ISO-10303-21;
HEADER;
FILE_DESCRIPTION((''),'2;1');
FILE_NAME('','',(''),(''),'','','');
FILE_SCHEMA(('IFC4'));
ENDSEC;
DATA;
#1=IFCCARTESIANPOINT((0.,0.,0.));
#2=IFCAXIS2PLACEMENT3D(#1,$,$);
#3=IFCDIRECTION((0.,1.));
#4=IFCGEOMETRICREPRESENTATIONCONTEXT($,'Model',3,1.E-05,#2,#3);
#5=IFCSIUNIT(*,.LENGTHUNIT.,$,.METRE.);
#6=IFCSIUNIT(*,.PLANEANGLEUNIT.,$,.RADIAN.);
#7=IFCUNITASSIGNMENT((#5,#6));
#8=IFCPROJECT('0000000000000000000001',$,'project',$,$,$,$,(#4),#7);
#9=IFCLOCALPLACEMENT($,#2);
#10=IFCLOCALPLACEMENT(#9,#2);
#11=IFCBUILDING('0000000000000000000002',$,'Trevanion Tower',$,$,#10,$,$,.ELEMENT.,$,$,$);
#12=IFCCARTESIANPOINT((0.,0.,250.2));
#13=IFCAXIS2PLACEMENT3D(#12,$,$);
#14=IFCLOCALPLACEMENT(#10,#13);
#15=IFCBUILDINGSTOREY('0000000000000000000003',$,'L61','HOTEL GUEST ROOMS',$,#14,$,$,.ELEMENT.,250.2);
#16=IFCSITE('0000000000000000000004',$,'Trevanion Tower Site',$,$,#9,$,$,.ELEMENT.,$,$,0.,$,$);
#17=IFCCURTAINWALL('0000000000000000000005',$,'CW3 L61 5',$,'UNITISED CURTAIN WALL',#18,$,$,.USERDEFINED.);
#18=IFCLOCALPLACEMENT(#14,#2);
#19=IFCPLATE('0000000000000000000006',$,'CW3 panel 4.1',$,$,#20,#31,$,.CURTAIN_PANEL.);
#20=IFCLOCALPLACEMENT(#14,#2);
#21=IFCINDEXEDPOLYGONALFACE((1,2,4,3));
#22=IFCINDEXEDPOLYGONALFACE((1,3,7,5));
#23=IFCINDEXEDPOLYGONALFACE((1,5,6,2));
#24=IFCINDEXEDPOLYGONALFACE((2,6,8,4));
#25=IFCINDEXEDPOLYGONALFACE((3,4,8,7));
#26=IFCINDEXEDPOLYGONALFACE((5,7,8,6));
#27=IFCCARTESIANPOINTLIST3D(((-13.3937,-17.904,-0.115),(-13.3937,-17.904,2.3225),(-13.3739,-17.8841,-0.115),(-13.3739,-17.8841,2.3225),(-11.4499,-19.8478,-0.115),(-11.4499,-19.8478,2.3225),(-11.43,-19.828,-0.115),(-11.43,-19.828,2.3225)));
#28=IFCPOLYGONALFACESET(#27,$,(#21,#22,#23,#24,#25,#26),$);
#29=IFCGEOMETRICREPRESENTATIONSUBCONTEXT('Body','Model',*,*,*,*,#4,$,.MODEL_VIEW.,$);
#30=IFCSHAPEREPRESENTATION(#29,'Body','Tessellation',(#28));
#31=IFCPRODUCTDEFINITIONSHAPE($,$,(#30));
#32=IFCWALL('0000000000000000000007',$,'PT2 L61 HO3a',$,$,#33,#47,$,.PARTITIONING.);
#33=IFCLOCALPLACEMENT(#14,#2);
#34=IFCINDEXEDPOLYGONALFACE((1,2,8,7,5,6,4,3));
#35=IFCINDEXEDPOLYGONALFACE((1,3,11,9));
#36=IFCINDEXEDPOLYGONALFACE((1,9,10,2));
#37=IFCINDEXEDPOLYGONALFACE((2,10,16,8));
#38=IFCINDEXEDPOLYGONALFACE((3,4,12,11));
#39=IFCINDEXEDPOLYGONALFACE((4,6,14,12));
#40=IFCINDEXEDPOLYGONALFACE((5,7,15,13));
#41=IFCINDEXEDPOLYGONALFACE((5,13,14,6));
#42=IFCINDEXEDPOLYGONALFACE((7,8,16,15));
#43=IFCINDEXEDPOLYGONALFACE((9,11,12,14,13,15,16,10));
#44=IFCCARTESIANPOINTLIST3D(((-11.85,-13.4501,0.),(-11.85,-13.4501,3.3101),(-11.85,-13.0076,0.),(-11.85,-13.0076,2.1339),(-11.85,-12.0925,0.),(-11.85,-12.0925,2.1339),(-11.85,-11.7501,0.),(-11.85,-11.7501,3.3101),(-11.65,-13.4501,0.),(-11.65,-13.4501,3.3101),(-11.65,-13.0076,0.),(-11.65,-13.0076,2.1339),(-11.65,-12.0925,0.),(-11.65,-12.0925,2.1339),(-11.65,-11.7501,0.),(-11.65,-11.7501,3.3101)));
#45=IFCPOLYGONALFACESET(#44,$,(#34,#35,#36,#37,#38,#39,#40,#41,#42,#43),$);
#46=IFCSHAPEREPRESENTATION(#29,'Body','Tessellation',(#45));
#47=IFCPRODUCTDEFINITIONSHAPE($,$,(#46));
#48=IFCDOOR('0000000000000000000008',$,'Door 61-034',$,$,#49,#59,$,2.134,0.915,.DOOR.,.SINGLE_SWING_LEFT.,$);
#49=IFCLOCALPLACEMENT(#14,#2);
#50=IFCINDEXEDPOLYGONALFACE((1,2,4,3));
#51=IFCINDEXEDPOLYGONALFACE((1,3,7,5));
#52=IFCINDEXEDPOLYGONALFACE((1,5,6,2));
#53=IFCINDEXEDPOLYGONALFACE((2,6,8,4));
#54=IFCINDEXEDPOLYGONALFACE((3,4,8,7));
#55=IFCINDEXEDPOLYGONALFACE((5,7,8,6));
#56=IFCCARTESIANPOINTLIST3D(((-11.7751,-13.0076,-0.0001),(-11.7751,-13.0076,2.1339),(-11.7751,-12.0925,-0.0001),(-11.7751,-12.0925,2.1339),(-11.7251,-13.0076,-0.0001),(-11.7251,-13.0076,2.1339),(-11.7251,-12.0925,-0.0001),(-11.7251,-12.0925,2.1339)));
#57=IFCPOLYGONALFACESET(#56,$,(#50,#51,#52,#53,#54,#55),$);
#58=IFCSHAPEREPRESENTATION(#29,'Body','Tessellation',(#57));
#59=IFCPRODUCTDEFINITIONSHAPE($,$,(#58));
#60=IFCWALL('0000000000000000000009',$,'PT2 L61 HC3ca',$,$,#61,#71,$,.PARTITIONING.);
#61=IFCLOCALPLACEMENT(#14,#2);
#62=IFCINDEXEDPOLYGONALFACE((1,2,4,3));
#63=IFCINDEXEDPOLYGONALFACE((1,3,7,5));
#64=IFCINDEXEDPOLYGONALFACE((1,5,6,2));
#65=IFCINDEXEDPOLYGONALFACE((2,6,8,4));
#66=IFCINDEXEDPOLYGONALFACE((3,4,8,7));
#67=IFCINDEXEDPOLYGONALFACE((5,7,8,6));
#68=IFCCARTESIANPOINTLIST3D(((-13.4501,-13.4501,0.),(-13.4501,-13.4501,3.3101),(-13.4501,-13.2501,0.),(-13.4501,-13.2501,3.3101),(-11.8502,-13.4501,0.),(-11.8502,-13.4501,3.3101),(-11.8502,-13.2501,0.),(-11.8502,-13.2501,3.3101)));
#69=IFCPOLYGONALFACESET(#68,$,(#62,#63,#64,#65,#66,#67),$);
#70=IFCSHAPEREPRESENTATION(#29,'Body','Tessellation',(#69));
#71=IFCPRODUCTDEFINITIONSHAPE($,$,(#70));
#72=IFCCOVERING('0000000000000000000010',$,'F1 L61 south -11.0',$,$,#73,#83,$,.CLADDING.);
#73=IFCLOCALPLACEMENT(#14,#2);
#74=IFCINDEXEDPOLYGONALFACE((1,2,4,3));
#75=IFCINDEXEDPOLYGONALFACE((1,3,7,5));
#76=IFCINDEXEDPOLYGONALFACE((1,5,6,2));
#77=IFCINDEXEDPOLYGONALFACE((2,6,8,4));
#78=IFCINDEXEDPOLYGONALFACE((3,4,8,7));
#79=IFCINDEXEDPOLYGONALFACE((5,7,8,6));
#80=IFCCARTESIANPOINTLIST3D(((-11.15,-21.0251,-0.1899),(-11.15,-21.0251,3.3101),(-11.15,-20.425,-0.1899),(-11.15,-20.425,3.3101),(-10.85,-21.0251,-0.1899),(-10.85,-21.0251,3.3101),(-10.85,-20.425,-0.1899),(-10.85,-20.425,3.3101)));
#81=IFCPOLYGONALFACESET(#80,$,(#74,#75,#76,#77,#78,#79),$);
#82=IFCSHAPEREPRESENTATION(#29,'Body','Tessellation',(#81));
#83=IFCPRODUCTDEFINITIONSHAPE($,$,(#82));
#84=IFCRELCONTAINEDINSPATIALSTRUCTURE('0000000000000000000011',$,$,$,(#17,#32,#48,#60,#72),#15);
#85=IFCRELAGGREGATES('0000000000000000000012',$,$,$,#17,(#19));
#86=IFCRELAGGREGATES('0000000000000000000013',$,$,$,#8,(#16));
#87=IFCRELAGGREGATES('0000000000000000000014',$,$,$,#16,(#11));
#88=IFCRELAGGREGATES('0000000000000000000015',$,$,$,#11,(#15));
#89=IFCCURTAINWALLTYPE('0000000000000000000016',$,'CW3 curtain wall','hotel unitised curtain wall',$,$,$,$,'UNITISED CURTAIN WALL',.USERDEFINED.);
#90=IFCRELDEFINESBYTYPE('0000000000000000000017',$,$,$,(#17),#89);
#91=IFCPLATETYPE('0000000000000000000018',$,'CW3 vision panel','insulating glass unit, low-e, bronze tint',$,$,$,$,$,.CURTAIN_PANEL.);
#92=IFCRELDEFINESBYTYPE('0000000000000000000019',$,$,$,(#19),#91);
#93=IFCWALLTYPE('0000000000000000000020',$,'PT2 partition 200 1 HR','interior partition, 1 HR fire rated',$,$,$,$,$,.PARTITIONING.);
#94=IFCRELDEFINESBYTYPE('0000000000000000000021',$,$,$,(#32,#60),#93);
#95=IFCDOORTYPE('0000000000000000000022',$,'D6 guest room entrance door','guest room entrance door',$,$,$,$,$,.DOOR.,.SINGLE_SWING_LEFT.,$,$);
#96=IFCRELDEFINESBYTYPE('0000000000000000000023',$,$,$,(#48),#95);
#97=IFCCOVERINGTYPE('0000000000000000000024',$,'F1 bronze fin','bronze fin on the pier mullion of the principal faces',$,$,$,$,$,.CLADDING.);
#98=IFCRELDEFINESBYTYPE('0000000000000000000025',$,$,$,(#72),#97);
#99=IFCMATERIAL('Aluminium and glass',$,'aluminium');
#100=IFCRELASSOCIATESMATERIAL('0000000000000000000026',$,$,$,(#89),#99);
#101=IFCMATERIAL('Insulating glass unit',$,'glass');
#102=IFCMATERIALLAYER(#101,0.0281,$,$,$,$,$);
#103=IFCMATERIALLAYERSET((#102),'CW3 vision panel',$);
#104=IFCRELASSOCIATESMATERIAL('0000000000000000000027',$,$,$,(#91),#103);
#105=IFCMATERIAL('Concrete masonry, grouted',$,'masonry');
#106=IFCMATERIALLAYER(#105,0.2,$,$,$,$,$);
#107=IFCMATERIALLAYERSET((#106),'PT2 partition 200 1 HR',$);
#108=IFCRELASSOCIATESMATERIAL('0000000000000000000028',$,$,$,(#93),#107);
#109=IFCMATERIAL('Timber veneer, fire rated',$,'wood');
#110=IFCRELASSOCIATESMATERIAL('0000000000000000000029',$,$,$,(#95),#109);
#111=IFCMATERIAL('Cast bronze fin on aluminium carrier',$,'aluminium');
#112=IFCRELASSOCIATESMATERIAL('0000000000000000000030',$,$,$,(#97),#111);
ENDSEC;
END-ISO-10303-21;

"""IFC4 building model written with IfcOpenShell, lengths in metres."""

from ifc_helpers import new_model, si_unit, direction, frame, frame_2d, origin, origin_2d, place, context, subcontext, project, spatial, rectangle, extrude, material, layer, layer_set, type_object, element, fill, aggregate, save


model = new_model("IFC4")

# Units and contexts
model_context = context("Model", 3, precision=1e-05, world=origin(), true_north=direction((0.0, 1.0)))
body_context = subcontext(model_context, "Body", "Model", "MODEL_VIEW")
ifc_project = project(units=[si_unit("LENGTHUNIT", "METRE"), si_unit("PLANEANGLEUNIT", "RADIAN")], contexts=[model_context])

# Site, building, storey
site_placement = place(None, origin())
site = spatial("IfcSite", under=ifc_project, at=site_placement, Name="Trevanion Tower Site", CompositionType="ELEMENT", RefElevation=0.0)
building_placement = place(site_placement, origin())
building = spatial("IfcBuilding", under=site, at=building_placement, Name="Trevanion Tower", CompositionType="ELEMENT")
storey_placement = place(building_placement, frame((0.0, 0.0, 250.2)))
storey = spatial("IfcBuildingStorey", under=building, at=storey_placement, Name="L61", Description="HOTEL GUEST ROOMS", CompositionType="ELEMENT", Elevation=250.2)

# Curtain wall
ifc_material_1 = material(Name="Aluminium and glass", Category="aluminium")
curtain_wall_type = type_object("IfcCurtainWallType", Name="CW3 curtain wall", Description="hotel unitised curtain wall", ElementType="UNITISED CURTAIN WALL", PredefinedType="USERDEFINED", material=ifc_material_1)
curtain_wall_1_placement = place(storey_placement, origin())
curtain_wall_1 = element("IfcCurtainWall", 1, at=curtain_wall_1_placement, inside=storey, type_object=curtain_wall_type, Name="CW3 L61 5", ObjectType="UNITISED CURTAIN WALL", PredefinedType="USERDEFINED")

# Plate
ifc_material_2 = material(Name="Insulating glass unit", Category="glass")
ifc_layer_1 = layer(ifc_material_2, 0.0281)
ifc_layer_set_1 = layer_set([ifc_layer_1], Name="CW3 vision panel")
plate_type_1 = type_object("IfcPlateType", Name="CW3 vision panel", Description="insulating glass unit, low-e, bronze tint", PredefinedType="CURTAIN_PANEL", material=ifc_layer_set_1)
plate_1_placement = place(storey_placement, frame((-12.4119, -18.866, -0.115), z_axis=(0.0, 0.0, 1.0), x_axis=(0.707107, -0.707107, 0.0)))
plate_1 = element("IfcPlate", 2, at=plate_1_placement, type_object=plate_type_1, Name="CW3 panel 4.1", PredefinedType="CURTAIN_PANEL", context=body_context, shape_type="SweptSolid", body=[
    extrude(rectangle(XDim=2.749, YDim=0.0281, at=origin_2d()), origin(), (0.0, 0.0, 1.0), 2.4375),
])
aggregate(curtain_wall_1, [plate_1])

# Wall, opening, door
ifc_material_3 = material(Name="Concrete masonry, grouted", Category="masonry")
ifc_layer_2 = layer(ifc_material_3, 0.2)
ifc_layer_set_2 = layer_set([ifc_layer_2], Name="PT2 partition 200 1 HR")
wall_type = type_object("IfcWallType", Name="PT2 partition 200 1 HR", Description="interior partition, 1 HR fire rated", PredefinedType="PARTITIONING", material=ifc_layer_set_2)
wall_1_placement = place(storey_placement, frame((-11.75, -11.75, 0.0), z_axis=(0.0, 0.0, 1.0), x_axis=(0.0, -1.0, 0.0)))
wall_1 = element("IfcWall", 3, at=wall_1_placement, inside=storey, type_object=wall_type, Name="PT2 L61 HO3a", PredefinedType="PARTITIONING", context=body_context, shape_type="SweptSolid", body=[
    extrude(rectangle(XDim=1.7, YDim=0.2, at=frame_2d((0.8501, 0.0))), origin(), (0.0, 0.0, 1.0), 3.3101),
])
opening_placement = place(wall_1_placement, frame((0.3425, 0.0, 0.0)))
opening = element("IfcOpeningElement", 4, at=opening_placement, cuts=wall_1, PredefinedType="OPENING", context=body_context, shape_type="SweptSolid", body=[
    extrude(rectangle(XDim=0.915, YDim=2.134, at=frame_2d((0.4575, 1.0669))), frame((0.0, 0.1099, 0.0), z_axis=(0.0, -1.0, 0.0), x_axis=(1.0, 0.0, 0.0)), (0.0, 0.0, 1.0), 0.22),
])
ifc_material_4 = material(Name="Timber veneer, fire rated", Category="wood")
door_type = type_object("IfcDoorType", Name="D6 guest room entrance door", Description="guest room entrance door", OperationType="SINGLE_SWING_LEFT", PredefinedType="DOOR", material=ifc_material_4)
door_placement = place(opening_placement, origin())
door = element("IfcDoor", 5, at=door_placement, inside=storey, type_object=door_type, Name="Door 61-034", OperationType="SINGLE_SWING_LEFT", OverallHeight=2.134, OverallWidth=0.915, PredefinedType="DOOR", context=body_context, shape_type="SweptSolid", body=[
    extrude(rectangle(XDim=0.915, YDim=2.134, at=frame_2d((0.4575, 1.0669))), frame((0.0, 0.0249, 0.0), z_axis=(0.0, -1.0, 0.0), x_axis=(1.0, 0.0, 0.0)), (0.0, 0.0, 1.0), 0.05),
])
fill(opening, door)

# Wall
wall_2_placement = place(storey_placement, frame((-13.45, -13.3501, 0.0), z_axis=(0.0, 0.0, 1.0), x_axis=(1.0, 0.0, 0.0)))
element("IfcWall", 6, at=wall_2_placement, inside=storey, type_object=wall_type, Name="PT2 L61 HC3ca", PredefinedType="PARTITIONING", context=body_context, shape_type="SweptSolid", body=[
    extrude(rectangle(XDim=1.5999, YDim=0.2, at=frame_2d((0.7998, 0.0))), origin(), (0.0, 0.0, 1.0), 3.3101),
])

# Covering
ifc_material_5 = material(Name="Cast bronze fin on aluminium carrier", Category="aluminium")
covering_type = type_object("IfcCoveringType", Name="F1 bronze fin", Description="bronze fin on the pier mullion of the principal faces", PredefinedType="CLADDING", material=ifc_material_5)
covering_placement = place(storey_placement, frame((-11.0, -20.7251, -0.1899), z_axis=(0.0, 0.0, 1.0), x_axis=(1.0, 0.0, 0.0)))
element("IfcCovering", 7, at=covering_placement, inside=storey, type_object=covering_type, Name="F1 L61 south -11.0", PredefinedType="CLADDING", context=body_context, shape_type="SweptSolid", body=[
    extrude(rectangle(XDim=0.3, YDim=0.6001, at=origin_2d()), origin(), (0.0, 0.0, 1.0), 3.5),
])

save(model, "model.ifc")
